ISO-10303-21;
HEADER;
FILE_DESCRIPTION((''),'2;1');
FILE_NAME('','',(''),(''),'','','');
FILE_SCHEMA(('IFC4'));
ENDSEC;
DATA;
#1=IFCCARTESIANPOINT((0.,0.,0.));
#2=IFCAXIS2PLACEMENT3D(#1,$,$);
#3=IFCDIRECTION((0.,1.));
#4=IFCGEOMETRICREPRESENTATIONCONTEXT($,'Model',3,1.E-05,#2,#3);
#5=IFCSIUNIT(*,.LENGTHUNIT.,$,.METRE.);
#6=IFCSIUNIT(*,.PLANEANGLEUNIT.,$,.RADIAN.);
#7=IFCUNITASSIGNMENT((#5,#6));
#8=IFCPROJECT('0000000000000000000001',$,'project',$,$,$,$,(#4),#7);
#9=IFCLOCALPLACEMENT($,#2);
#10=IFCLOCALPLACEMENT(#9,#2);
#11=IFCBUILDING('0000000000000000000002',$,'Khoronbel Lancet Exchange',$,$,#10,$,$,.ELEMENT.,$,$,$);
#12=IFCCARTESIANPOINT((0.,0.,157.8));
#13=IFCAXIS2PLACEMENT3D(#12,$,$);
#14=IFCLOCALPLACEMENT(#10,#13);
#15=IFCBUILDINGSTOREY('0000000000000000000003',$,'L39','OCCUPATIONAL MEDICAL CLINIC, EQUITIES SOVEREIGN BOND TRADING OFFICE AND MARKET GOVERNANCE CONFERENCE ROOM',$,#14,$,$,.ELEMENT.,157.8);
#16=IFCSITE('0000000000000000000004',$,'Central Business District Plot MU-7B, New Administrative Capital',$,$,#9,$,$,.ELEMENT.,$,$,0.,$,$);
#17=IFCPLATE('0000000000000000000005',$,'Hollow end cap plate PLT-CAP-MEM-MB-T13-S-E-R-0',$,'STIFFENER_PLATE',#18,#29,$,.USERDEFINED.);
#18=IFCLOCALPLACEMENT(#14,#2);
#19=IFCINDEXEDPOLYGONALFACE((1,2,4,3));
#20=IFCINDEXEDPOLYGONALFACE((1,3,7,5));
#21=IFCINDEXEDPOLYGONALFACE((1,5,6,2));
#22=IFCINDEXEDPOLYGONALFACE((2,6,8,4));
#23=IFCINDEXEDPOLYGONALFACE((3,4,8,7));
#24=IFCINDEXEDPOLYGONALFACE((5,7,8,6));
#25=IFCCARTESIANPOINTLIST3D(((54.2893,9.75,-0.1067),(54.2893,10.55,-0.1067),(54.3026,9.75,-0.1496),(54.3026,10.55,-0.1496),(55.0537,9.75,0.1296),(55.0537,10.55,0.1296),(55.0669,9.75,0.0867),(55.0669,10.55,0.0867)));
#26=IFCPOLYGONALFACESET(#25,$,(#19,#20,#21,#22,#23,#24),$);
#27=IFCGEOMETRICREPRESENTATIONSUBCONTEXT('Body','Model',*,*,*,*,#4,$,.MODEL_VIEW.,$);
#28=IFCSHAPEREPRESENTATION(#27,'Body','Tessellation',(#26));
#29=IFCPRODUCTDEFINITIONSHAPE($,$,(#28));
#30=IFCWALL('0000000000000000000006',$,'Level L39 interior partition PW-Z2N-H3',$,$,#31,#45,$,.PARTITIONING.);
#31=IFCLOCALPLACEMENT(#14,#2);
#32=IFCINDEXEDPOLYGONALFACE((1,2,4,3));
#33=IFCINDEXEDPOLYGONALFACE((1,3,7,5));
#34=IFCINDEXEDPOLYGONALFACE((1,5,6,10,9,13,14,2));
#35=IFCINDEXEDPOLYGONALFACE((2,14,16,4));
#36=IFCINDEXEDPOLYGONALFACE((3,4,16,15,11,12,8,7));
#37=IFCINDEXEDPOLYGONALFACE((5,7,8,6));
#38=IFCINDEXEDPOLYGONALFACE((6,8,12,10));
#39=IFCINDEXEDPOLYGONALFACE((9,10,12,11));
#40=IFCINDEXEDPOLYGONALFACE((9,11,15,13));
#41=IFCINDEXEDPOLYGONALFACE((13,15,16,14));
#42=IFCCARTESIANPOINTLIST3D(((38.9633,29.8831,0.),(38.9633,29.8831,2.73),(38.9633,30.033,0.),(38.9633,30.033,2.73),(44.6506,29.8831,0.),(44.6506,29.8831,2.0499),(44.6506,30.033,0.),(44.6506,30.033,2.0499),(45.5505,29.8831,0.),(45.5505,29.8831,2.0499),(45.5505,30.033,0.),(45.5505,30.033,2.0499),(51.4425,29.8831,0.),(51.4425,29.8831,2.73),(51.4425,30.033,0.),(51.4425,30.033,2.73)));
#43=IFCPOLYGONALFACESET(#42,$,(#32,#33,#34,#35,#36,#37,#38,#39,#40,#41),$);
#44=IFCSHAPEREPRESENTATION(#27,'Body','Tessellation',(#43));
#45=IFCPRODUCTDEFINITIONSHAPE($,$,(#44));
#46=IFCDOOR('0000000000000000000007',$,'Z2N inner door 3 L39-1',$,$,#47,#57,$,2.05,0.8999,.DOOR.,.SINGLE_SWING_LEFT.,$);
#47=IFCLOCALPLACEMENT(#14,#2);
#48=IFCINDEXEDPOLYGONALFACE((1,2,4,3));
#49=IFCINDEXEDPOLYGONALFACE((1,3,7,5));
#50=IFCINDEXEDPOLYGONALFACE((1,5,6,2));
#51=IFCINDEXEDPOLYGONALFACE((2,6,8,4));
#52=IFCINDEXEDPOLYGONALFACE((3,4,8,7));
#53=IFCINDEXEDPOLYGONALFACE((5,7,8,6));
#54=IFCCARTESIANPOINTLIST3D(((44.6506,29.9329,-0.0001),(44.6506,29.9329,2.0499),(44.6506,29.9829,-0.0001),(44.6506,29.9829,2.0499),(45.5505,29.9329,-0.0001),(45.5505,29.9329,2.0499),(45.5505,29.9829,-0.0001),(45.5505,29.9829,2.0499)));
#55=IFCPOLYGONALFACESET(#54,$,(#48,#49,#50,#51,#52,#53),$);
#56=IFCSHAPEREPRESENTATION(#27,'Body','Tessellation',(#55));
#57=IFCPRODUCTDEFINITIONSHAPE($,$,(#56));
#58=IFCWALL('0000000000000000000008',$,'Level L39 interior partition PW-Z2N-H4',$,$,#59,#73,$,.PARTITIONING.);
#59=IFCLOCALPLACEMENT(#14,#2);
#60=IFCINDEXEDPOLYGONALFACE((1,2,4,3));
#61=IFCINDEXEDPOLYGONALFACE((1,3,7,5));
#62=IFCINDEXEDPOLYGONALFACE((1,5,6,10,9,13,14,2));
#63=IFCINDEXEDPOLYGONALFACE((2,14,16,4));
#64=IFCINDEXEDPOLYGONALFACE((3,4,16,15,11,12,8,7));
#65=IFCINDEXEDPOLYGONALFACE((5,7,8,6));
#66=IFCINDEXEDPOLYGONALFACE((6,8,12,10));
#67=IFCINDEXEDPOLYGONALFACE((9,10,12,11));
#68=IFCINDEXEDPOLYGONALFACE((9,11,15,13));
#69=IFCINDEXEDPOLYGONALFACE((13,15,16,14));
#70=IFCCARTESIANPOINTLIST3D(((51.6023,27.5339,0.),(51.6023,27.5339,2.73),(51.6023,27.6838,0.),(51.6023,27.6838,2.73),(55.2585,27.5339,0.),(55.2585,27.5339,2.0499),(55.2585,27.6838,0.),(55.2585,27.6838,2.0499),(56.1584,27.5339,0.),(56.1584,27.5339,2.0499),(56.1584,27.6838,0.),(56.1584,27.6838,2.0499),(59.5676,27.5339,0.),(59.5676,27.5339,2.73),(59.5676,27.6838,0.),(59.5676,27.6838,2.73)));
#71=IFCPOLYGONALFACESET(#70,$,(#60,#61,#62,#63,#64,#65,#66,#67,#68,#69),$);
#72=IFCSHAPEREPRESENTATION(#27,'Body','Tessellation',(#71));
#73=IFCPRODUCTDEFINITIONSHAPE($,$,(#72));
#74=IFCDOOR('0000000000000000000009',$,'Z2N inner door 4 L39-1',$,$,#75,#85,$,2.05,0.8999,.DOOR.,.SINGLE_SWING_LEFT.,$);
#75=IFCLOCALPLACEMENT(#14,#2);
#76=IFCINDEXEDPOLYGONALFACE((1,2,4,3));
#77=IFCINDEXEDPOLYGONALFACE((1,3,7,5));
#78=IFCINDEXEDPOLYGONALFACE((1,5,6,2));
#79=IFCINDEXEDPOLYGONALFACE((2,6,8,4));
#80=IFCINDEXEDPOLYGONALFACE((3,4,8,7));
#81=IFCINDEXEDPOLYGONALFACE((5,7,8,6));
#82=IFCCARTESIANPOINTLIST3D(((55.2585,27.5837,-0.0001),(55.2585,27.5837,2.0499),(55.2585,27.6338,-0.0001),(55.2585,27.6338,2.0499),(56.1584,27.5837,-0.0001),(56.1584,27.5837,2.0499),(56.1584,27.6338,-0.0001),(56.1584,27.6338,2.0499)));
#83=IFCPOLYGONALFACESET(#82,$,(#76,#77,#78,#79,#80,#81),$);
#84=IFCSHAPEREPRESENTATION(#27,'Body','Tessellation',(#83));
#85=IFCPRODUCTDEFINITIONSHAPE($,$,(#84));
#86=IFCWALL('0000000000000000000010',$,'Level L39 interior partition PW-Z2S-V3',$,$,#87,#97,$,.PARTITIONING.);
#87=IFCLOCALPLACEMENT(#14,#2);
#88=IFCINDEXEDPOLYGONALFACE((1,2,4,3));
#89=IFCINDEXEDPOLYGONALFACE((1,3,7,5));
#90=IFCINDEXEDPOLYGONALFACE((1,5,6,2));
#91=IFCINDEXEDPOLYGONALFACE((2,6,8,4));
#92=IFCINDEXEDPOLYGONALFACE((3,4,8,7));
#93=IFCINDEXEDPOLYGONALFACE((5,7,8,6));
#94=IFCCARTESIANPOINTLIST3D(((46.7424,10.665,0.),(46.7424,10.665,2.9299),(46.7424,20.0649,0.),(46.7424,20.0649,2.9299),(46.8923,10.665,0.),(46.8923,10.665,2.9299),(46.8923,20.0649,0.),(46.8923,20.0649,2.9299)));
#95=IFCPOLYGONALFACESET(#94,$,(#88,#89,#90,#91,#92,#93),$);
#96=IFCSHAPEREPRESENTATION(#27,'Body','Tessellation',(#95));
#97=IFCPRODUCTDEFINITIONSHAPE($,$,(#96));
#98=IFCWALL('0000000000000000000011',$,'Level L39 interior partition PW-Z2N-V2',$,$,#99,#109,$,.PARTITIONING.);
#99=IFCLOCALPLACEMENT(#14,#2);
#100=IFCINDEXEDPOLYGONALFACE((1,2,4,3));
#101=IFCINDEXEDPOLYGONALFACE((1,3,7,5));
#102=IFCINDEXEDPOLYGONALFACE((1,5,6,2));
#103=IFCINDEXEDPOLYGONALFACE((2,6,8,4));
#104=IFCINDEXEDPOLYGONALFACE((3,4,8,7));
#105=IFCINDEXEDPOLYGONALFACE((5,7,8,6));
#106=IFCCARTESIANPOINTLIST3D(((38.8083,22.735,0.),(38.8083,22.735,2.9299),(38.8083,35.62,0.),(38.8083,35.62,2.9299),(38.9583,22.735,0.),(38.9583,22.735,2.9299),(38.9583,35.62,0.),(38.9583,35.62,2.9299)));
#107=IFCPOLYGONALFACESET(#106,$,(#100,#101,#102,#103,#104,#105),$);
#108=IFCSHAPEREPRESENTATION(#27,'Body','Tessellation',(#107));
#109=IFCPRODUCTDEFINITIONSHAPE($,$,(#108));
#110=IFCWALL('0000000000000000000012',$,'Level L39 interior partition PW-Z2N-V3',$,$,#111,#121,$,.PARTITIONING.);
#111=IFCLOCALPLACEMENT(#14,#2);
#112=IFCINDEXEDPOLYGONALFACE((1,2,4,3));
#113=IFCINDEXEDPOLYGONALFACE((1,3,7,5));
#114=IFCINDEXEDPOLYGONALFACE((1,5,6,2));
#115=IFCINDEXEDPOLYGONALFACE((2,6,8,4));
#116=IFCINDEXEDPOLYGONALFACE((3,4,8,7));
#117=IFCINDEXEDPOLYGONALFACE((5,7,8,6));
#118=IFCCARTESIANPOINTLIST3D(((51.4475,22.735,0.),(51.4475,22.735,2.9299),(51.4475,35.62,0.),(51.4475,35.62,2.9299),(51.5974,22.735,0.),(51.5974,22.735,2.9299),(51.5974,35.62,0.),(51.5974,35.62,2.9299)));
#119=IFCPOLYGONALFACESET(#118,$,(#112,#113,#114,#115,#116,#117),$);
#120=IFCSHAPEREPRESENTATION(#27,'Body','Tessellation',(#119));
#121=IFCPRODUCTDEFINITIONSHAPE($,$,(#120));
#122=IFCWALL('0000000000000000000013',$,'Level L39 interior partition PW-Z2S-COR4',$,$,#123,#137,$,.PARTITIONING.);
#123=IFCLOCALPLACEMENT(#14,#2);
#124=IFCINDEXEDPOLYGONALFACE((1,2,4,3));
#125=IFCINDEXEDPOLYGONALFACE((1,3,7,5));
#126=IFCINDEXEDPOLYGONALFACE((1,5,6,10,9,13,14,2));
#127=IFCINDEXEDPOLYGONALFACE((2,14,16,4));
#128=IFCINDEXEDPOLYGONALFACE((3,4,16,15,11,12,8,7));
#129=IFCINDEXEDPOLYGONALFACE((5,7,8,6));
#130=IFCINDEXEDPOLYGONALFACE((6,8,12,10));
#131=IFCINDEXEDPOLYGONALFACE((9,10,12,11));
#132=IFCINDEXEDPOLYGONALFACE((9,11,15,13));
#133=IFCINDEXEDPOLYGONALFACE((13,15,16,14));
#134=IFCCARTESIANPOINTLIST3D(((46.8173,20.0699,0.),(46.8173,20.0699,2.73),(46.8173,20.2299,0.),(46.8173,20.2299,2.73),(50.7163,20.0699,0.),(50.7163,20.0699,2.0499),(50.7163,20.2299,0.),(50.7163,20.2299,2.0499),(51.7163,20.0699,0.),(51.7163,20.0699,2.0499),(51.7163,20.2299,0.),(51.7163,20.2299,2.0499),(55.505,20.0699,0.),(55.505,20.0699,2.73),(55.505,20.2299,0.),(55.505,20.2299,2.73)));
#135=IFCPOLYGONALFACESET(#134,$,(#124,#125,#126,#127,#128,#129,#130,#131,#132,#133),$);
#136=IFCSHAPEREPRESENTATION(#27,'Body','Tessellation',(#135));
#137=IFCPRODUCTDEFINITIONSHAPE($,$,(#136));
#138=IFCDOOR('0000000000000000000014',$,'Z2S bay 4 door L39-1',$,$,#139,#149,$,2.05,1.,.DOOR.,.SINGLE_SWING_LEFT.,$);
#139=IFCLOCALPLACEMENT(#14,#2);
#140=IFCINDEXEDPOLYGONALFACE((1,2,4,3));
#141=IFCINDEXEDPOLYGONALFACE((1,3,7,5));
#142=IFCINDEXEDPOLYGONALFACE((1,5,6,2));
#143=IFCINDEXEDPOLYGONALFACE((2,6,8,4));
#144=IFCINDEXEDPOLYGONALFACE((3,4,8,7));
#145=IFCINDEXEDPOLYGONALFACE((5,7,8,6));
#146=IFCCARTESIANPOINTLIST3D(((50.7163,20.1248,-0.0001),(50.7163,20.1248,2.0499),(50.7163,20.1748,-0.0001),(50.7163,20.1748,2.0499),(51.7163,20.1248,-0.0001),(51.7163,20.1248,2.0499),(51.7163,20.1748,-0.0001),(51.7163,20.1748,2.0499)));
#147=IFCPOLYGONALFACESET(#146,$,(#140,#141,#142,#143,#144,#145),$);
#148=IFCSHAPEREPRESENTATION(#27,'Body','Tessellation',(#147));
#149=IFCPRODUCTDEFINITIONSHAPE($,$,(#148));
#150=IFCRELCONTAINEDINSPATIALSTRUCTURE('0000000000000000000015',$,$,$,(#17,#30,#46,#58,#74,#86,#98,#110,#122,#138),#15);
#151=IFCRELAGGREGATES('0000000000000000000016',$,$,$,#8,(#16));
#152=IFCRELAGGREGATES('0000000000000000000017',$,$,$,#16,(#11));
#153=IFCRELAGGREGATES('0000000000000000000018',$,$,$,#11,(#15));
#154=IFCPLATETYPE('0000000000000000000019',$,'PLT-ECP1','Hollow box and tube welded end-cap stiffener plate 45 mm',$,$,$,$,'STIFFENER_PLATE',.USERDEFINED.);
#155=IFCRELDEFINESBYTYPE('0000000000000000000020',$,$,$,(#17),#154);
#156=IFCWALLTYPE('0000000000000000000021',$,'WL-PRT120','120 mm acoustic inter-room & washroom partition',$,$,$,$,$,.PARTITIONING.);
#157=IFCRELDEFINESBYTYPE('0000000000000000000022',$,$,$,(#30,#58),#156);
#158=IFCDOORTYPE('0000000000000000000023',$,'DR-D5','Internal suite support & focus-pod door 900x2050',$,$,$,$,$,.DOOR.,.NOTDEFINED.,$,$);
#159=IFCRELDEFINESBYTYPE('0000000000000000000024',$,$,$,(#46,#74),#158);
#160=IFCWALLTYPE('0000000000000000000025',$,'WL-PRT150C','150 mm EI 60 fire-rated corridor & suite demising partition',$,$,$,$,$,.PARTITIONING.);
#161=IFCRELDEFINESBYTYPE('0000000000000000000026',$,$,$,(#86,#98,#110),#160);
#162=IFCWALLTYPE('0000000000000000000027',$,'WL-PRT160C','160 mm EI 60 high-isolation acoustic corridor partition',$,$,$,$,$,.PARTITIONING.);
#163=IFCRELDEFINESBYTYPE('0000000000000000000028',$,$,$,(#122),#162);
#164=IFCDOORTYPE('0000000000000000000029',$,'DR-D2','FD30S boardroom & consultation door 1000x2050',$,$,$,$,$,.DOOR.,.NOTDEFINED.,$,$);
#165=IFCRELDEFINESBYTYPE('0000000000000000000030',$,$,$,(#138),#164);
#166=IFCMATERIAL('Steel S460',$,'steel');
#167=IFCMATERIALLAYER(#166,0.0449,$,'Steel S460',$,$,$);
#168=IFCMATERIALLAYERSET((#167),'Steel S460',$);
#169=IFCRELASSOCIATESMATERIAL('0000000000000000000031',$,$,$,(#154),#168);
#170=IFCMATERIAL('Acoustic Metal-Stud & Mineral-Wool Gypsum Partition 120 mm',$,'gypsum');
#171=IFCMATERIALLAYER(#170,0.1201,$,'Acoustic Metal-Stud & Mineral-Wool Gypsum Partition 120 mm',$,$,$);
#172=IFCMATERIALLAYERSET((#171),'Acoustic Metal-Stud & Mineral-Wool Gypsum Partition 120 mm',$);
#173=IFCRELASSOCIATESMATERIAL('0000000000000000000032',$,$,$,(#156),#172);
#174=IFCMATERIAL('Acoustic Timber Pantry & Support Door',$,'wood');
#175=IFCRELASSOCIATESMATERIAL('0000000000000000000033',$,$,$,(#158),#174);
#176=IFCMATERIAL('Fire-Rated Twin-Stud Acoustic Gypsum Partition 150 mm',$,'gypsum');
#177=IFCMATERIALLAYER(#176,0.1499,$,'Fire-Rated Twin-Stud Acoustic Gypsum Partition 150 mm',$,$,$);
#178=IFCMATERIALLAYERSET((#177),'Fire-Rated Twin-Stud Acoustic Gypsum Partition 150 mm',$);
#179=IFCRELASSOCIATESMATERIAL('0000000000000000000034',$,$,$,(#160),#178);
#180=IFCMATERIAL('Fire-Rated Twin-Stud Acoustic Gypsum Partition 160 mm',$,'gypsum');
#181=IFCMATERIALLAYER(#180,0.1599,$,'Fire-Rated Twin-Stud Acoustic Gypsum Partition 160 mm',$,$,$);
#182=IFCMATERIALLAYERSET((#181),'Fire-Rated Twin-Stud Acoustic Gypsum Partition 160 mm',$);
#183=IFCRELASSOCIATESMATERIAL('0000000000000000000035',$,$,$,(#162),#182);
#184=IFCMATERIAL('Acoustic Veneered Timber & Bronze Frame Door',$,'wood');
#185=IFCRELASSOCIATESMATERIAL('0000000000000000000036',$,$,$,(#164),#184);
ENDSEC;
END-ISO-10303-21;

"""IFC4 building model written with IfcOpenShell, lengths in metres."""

from ifc_helpers import new_model, si_unit, direction, frame, frame_2d, origin, place, context, subcontext, project, spatial, polyline, rectangle, outline, extrude, material, layer, layer_set, type_object, element, fill, save


model = new_model("IFC4")

# Units and contexts
model_context = context("Model", 3, precision=1e-05, world=origin(), true_north=direction((0.0, 1.0)))
body_context = subcontext(model_context, "Body", "Model", "MODEL_VIEW")
ifc_project = project(units=[si_unit("LENGTHUNIT", "METRE"), si_unit("PLANEANGLEUNIT", "RADIAN")], contexts=[model_context])

# Site, building, storey
site_placement = place(None, origin())
site = spatial("IfcSite", under=ifc_project, at=site_placement, Name="Central Business District Plot MU-7B, New Administrative Capital", CompositionType="ELEMENT", RefElevation=0.0)
building_placement = place(site_placement, origin())
building = spatial("IfcBuilding", under=site, at=building_placement, Name="Khoronbel Lancet Exchange", CompositionType="ELEMENT")
storey_placement = place(building_placement, frame((0.0, 0.0, 157.8)))
storey = spatial("IfcBuildingStorey", under=building, at=storey_placement, Name="L39", Description="OCCUPATIONAL MEDICAL CLINIC, EQUITIES SOVEREIGN BOND TRADING OFFICE AND MARKET GOVERNANCE CONFERENCE ROOM", CompositionType="ELEMENT", Elevation=157.8)

# Shared definitions
ifc_material_1 = material(Name="Steel S460", Category="steel")

# Plate
ifc_layer_1 = layer(ifc_material_1, 0.0449, Name="Steel S460")
ifc_layer_set_1 = layer_set([ifc_layer_1], Name="Steel S460")
plate_type = type_object("IfcPlateType", Name="PLT-ECP1", Description="Hollow box and tube welded end-cap stiffener plate 45 mm", ElementType="STIFFENER_PLATE", PredefinedType="USERDEFINED", material=ifc_layer_set_1)
for number, where, z_axis, x_axis, name in (
    (1, (54.2893, 10.55, -0.1067), (-0.295372, 0.0, 0.955382), (0.0, -1.0, 0.0), "Hollow end cap plate PLT-CAP-MEM-MB-T13-S-E-R-0"),
):
    element("IfcPlate", number, at=place(storey_placement, frame(where, z_axis=z_axis, x_axis=x_axis)), inside=storey, type_object=plate_type, Name=name, ObjectType="STIFFENER_PLATE", PredefinedType="USERDEFINED", context=body_context, shape_type="SweptSolid", body=[
        extrude(outline(polyline([(0.0, 0.0), (0.8, 0.0), (0.8, 0.8), (0.0, 0.8), (0.0, 0.0)])), origin(), (0.0, 0.0, -1.0), 0.0449),
    ])

# Walls, openings, doors
ifc_material_2 = material(Name="Acoustic Metal-Stud & Mineral-Wool Gypsum Partition 120 mm", Category="gypsum")
ifc_layer_2 = layer(ifc_material_2, 0.1201, Name="Acoustic Metal-Stud & Mineral-Wool Gypsum Partition 120 mm")
ifc_layer_set_2 = layer_set([ifc_layer_2], Name="Acoustic Metal-Stud & Mineral-Wool Gypsum Partition 120 mm")
wall_type_1 = type_object("IfcWallType", Name="WL-PRT120", Description="120 mm acoustic inter-room & washroom partition", PredefinedType="PARTITIONING", material=ifc_layer_set_2)
wall_1_placement = place(storey_placement, frame((38.9631, 29.958, 0.0), z_axis=(0.0, 0.0, 1.0), x_axis=(1.0, 0.0, 0.0)))
wall_1 = element("IfcWall", 2, at=wall_1_placement, inside=storey, type_object=wall_type_1, Name="Level L39 interior partition PW-Z2N-H3", PredefinedType="PARTITIONING", context=body_context, shape_type="SweptSolid", body=[
    extrude(rectangle(XDim=12.4792, YDim=0.1499, at=frame_2d((6.2397, 0.0))), origin(), (0.0, 0.0, 1.0), 2.73),
])
opening_1_placement = place(wall_1_placement, frame((5.6875, 0.0, 0.0)))
opening_1 = element("IfcOpeningElement", 3, at=opening_1_placement, cuts=wall_1, PredefinedType="OPENING", context=body_context, shape_type="SweptSolid", body=[
    extrude(rectangle(XDim=0.8999, YDim=2.05, at=frame_2d((0.45, 1.0249))), frame((0.0, 0.085, 0.0), z_axis=(0.0, -1.0, 0.0), x_axis=(1.0, 0.0, 0.0)), (0.0, 0.0, 1.0), 0.1699),
])
ifc_material_3 = material(Name="Acoustic Timber Pantry & Support Door", Category="wood")
door_type_1 = type_object("IfcDoorType", Name="DR-D5", Description="Internal suite support & focus-pod door 900x2050", OperationType="NOTDEFINED", PredefinedType="DOOR", material=ifc_material_3)
door_1_placement = place(opening_1_placement, origin())
door_1 = element("IfcDoor", 4, at=door_1_placement, inside=storey, type_object=door_type_1, Name="Z2N inner door 3 L39-1", OperationType="SINGLE_SWING_LEFT", OverallHeight=2.05, OverallWidth=0.8999, PredefinedType="DOOR", context=body_context, shape_type="SweptSolid", body=[
    extrude(rectangle(XDim=0.8999, YDim=2.05, at=frame_2d((0.45, 1.0249))), frame((0.0, 0.0249, 0.0), z_axis=(0.0, -1.0, 0.0), x_axis=(1.0, 0.0, 0.0)), (0.0, 0.0, 1.0), 0.05),
])
fill(opening_1, door_1)
wall_2_placement = place(storey_placement, frame((51.6023, 27.6089, 0.0), z_axis=(0.0, 0.0, 1.0), x_axis=(1.0, 0.0, 0.0)))
wall_2 = element("IfcWall", 5, at=wall_2_placement, inside=storey, type_object=wall_type_1, Name="Level L39 interior partition PW-Z2N-H4", PredefinedType="PARTITIONING", context=body_context, shape_type="SweptSolid", body=[
    extrude(rectangle(XDim=7.9653, YDim=0.1499, at=frame_2d((3.9827, 0.0))), origin(), (0.0, 0.0, 1.0), 2.73),
])
opening_2_placement = place(wall_2_placement, frame((3.6562, 0.0, 0.0)))
opening_2 = element("IfcOpeningElement", 6, at=opening_2_placement, cuts=wall_2, PredefinedType="OPENING", context=body_context, shape_type="SweptSolid", body=[
    extrude(rectangle(XDim=0.8999, YDim=2.05, at=frame_2d((0.45, 1.0249))), frame((0.0, 0.085, 0.0), z_axis=(0.0, -1.0, 0.0), x_axis=(1.0, 0.0, 0.0)), (0.0, 0.0, 1.0), 0.1699),
])
door_2_placement = place(opening_2_placement, origin())
door_2 = element("IfcDoor", 7, at=door_2_placement, inside=storey, type_object=door_type_1, Name="Z2N inner door 4 L39-1", OperationType="SINGLE_SWING_LEFT", OverallHeight=2.05, OverallWidth=0.8999, PredefinedType="DOOR", context=body_context, shape_type="SweptSolid", body=[
    extrude(rectangle(XDim=0.8999, YDim=2.05, at=frame_2d((0.45, 1.0249))), frame((0.0, 0.0249, 0.0), z_axis=(0.0, -1.0, 0.0), x_axis=(1.0, 0.0, 0.0)), (0.0, 0.0, 1.0), 0.05),
])
fill(opening_2, door_2)

# Walls
ifc_material_4 = material(Name="Fire-Rated Twin-Stud Acoustic Gypsum Partition 150 mm", Category="gypsum")
ifc_layer_3 = layer(ifc_material_4, 0.1499, Name="Fire-Rated Twin-Stud Acoustic Gypsum Partition 150 mm")
ifc_layer_set_3 = layer_set([ifc_layer_3], Name="Fire-Rated Twin-Stud Acoustic Gypsum Partition 150 mm")
wall_type_2 = type_object("IfcWallType", Name="WL-PRT150C", Description="150 mm EI 60 fire-rated corridor & suite demising partition", PredefinedType="PARTITIONING", material=ifc_layer_set_3)
wall_3_placement = place(storey_placement, frame((46.8174, 10.665, 0.0), z_axis=(0.0, 0.0, 1.0), x_axis=(0.0, 1.0, 0.0)))
element("IfcWall", 8, at=wall_3_placement, inside=storey, type_object=wall_type_2, Name="Level L39 interior partition PW-Z2S-V3", PredefinedType="PARTITIONING", context=body_context, shape_type="SweptSolid", body=[
    extrude(rectangle(XDim=9.3999, YDim=0.1499, at=frame_2d((4.7, 0.0))), origin(), (0.0, 0.0, 1.0), 2.9299),
])
for number, where, z_axis, x_axis, name in (
    (9, (38.8833, 22.7351, 0.0), (0.0, 0.0, 1.0), (0.0, 1.0, 0.0), "Level L39 interior partition PW-Z2N-V2"),
    (10, (51.5225, 22.7351, 0.0), (0.0, 0.0, 1.0), (0.0, 1.0, 0.0), "Level L39 interior partition PW-Z2N-V3"),
):
    element("IfcWall", number, at=place(storey_placement, frame(where, z_axis=z_axis, x_axis=x_axis)), inside=storey, type_object=wall_type_2, Name=name, PredefinedType="PARTITIONING", context=body_context, shape_type="SweptSolid", body=[
        extrude(rectangle(XDim=12.885, YDim=0.1499, at=frame_2d((6.4424, 0.0))), origin(), (0.0, 0.0, 1.0), 2.9299),
    ])

# Wall, opening, door
ifc_material_5 = material(Name="Fire-Rated Twin-Stud Acoustic Gypsum Partition 160 mm", Category="gypsum")
ifc_layer_4 = layer(ifc_material_5, 0.1599, Name="Fire-Rated Twin-Stud Acoustic Gypsum Partition 160 mm")
ifc_layer_set_4 = layer_set([ifc_layer_4], Name="Fire-Rated Twin-Stud Acoustic Gypsum Partition 160 mm")
wall_type_3 = type_object("IfcWallType", Name="WL-PRT160C", Description="160 mm EI 60 high-isolation acoustic corridor partition", PredefinedType="PARTITIONING", material=ifc_layer_set_4)
wall_4_placement = place(storey_placement, frame((46.8174, 20.1499, 0.0), z_axis=(0.0, 0.0, 1.0), x_axis=(1.0, 0.0, 0.0)))
wall_4 = element("IfcWall", 11, at=wall_4_placement, inside=storey, type_object=wall_type_3, Name="Level L39 interior partition PW-Z2S-COR4", PredefinedType="PARTITIONING", context=body_context, shape_type="SweptSolid", body=[
    extrude(rectangle(XDim=8.6877, YDim=0.1599, at=frame_2d((4.3438, 0.0))), origin(), (0.0, 0.0, 1.0), 2.73),
])
opening_3_placement = place(wall_4_placement, frame((3.8989, 0.0, 0.0)))
opening_3 = element("IfcOpeningElement", 12, at=opening_3_placement, cuts=wall_4, PredefinedType="OPENING", context=body_context, shape_type="SweptSolid", body=[
    extrude(rectangle(XDim=1.0, YDim=2.05, at=frame_2d((0.5, 1.0249))), frame((0.0, 0.0898, 0.0), z_axis=(0.0, -1.0, 0.0), x_axis=(1.0, 0.0, 0.0)), (0.0, 0.0, 1.0), 0.1799),
])
ifc_material_6 = material(Name="Acoustic Veneered Timber & Bronze Frame Door", Category="wood")
door_type_2 = type_object("IfcDoorType", Name="DR-D2", Description="FD30S boardroom & consultation door 1000x2050", OperationType="NOTDEFINED", PredefinedType="DOOR", material=ifc_material_6)
door_3_placement = place(opening_3_placement, origin())
door_3 = element("IfcDoor", 13, at=door_3_placement, inside=storey, type_object=door_type_2, Name="Z2S bay 4 door L39-1", OperationType="SINGLE_SWING_LEFT", OverallHeight=2.05, OverallWidth=1.0, PredefinedType="DOOR", context=body_context, shape_type="SweptSolid", body=[
    extrude(rectangle(XDim=1.0, YDim=2.05, at=frame_2d((0.5, 1.0249))), frame((0.0, 0.0249, 0.0), z_axis=(0.0, -1.0, 0.0), x_axis=(1.0, 0.0, 0.0)), (0.0, 0.0, 1.0), 0.05),
])
fill(opening_3, door_3)

save(model, "model.ifc")
